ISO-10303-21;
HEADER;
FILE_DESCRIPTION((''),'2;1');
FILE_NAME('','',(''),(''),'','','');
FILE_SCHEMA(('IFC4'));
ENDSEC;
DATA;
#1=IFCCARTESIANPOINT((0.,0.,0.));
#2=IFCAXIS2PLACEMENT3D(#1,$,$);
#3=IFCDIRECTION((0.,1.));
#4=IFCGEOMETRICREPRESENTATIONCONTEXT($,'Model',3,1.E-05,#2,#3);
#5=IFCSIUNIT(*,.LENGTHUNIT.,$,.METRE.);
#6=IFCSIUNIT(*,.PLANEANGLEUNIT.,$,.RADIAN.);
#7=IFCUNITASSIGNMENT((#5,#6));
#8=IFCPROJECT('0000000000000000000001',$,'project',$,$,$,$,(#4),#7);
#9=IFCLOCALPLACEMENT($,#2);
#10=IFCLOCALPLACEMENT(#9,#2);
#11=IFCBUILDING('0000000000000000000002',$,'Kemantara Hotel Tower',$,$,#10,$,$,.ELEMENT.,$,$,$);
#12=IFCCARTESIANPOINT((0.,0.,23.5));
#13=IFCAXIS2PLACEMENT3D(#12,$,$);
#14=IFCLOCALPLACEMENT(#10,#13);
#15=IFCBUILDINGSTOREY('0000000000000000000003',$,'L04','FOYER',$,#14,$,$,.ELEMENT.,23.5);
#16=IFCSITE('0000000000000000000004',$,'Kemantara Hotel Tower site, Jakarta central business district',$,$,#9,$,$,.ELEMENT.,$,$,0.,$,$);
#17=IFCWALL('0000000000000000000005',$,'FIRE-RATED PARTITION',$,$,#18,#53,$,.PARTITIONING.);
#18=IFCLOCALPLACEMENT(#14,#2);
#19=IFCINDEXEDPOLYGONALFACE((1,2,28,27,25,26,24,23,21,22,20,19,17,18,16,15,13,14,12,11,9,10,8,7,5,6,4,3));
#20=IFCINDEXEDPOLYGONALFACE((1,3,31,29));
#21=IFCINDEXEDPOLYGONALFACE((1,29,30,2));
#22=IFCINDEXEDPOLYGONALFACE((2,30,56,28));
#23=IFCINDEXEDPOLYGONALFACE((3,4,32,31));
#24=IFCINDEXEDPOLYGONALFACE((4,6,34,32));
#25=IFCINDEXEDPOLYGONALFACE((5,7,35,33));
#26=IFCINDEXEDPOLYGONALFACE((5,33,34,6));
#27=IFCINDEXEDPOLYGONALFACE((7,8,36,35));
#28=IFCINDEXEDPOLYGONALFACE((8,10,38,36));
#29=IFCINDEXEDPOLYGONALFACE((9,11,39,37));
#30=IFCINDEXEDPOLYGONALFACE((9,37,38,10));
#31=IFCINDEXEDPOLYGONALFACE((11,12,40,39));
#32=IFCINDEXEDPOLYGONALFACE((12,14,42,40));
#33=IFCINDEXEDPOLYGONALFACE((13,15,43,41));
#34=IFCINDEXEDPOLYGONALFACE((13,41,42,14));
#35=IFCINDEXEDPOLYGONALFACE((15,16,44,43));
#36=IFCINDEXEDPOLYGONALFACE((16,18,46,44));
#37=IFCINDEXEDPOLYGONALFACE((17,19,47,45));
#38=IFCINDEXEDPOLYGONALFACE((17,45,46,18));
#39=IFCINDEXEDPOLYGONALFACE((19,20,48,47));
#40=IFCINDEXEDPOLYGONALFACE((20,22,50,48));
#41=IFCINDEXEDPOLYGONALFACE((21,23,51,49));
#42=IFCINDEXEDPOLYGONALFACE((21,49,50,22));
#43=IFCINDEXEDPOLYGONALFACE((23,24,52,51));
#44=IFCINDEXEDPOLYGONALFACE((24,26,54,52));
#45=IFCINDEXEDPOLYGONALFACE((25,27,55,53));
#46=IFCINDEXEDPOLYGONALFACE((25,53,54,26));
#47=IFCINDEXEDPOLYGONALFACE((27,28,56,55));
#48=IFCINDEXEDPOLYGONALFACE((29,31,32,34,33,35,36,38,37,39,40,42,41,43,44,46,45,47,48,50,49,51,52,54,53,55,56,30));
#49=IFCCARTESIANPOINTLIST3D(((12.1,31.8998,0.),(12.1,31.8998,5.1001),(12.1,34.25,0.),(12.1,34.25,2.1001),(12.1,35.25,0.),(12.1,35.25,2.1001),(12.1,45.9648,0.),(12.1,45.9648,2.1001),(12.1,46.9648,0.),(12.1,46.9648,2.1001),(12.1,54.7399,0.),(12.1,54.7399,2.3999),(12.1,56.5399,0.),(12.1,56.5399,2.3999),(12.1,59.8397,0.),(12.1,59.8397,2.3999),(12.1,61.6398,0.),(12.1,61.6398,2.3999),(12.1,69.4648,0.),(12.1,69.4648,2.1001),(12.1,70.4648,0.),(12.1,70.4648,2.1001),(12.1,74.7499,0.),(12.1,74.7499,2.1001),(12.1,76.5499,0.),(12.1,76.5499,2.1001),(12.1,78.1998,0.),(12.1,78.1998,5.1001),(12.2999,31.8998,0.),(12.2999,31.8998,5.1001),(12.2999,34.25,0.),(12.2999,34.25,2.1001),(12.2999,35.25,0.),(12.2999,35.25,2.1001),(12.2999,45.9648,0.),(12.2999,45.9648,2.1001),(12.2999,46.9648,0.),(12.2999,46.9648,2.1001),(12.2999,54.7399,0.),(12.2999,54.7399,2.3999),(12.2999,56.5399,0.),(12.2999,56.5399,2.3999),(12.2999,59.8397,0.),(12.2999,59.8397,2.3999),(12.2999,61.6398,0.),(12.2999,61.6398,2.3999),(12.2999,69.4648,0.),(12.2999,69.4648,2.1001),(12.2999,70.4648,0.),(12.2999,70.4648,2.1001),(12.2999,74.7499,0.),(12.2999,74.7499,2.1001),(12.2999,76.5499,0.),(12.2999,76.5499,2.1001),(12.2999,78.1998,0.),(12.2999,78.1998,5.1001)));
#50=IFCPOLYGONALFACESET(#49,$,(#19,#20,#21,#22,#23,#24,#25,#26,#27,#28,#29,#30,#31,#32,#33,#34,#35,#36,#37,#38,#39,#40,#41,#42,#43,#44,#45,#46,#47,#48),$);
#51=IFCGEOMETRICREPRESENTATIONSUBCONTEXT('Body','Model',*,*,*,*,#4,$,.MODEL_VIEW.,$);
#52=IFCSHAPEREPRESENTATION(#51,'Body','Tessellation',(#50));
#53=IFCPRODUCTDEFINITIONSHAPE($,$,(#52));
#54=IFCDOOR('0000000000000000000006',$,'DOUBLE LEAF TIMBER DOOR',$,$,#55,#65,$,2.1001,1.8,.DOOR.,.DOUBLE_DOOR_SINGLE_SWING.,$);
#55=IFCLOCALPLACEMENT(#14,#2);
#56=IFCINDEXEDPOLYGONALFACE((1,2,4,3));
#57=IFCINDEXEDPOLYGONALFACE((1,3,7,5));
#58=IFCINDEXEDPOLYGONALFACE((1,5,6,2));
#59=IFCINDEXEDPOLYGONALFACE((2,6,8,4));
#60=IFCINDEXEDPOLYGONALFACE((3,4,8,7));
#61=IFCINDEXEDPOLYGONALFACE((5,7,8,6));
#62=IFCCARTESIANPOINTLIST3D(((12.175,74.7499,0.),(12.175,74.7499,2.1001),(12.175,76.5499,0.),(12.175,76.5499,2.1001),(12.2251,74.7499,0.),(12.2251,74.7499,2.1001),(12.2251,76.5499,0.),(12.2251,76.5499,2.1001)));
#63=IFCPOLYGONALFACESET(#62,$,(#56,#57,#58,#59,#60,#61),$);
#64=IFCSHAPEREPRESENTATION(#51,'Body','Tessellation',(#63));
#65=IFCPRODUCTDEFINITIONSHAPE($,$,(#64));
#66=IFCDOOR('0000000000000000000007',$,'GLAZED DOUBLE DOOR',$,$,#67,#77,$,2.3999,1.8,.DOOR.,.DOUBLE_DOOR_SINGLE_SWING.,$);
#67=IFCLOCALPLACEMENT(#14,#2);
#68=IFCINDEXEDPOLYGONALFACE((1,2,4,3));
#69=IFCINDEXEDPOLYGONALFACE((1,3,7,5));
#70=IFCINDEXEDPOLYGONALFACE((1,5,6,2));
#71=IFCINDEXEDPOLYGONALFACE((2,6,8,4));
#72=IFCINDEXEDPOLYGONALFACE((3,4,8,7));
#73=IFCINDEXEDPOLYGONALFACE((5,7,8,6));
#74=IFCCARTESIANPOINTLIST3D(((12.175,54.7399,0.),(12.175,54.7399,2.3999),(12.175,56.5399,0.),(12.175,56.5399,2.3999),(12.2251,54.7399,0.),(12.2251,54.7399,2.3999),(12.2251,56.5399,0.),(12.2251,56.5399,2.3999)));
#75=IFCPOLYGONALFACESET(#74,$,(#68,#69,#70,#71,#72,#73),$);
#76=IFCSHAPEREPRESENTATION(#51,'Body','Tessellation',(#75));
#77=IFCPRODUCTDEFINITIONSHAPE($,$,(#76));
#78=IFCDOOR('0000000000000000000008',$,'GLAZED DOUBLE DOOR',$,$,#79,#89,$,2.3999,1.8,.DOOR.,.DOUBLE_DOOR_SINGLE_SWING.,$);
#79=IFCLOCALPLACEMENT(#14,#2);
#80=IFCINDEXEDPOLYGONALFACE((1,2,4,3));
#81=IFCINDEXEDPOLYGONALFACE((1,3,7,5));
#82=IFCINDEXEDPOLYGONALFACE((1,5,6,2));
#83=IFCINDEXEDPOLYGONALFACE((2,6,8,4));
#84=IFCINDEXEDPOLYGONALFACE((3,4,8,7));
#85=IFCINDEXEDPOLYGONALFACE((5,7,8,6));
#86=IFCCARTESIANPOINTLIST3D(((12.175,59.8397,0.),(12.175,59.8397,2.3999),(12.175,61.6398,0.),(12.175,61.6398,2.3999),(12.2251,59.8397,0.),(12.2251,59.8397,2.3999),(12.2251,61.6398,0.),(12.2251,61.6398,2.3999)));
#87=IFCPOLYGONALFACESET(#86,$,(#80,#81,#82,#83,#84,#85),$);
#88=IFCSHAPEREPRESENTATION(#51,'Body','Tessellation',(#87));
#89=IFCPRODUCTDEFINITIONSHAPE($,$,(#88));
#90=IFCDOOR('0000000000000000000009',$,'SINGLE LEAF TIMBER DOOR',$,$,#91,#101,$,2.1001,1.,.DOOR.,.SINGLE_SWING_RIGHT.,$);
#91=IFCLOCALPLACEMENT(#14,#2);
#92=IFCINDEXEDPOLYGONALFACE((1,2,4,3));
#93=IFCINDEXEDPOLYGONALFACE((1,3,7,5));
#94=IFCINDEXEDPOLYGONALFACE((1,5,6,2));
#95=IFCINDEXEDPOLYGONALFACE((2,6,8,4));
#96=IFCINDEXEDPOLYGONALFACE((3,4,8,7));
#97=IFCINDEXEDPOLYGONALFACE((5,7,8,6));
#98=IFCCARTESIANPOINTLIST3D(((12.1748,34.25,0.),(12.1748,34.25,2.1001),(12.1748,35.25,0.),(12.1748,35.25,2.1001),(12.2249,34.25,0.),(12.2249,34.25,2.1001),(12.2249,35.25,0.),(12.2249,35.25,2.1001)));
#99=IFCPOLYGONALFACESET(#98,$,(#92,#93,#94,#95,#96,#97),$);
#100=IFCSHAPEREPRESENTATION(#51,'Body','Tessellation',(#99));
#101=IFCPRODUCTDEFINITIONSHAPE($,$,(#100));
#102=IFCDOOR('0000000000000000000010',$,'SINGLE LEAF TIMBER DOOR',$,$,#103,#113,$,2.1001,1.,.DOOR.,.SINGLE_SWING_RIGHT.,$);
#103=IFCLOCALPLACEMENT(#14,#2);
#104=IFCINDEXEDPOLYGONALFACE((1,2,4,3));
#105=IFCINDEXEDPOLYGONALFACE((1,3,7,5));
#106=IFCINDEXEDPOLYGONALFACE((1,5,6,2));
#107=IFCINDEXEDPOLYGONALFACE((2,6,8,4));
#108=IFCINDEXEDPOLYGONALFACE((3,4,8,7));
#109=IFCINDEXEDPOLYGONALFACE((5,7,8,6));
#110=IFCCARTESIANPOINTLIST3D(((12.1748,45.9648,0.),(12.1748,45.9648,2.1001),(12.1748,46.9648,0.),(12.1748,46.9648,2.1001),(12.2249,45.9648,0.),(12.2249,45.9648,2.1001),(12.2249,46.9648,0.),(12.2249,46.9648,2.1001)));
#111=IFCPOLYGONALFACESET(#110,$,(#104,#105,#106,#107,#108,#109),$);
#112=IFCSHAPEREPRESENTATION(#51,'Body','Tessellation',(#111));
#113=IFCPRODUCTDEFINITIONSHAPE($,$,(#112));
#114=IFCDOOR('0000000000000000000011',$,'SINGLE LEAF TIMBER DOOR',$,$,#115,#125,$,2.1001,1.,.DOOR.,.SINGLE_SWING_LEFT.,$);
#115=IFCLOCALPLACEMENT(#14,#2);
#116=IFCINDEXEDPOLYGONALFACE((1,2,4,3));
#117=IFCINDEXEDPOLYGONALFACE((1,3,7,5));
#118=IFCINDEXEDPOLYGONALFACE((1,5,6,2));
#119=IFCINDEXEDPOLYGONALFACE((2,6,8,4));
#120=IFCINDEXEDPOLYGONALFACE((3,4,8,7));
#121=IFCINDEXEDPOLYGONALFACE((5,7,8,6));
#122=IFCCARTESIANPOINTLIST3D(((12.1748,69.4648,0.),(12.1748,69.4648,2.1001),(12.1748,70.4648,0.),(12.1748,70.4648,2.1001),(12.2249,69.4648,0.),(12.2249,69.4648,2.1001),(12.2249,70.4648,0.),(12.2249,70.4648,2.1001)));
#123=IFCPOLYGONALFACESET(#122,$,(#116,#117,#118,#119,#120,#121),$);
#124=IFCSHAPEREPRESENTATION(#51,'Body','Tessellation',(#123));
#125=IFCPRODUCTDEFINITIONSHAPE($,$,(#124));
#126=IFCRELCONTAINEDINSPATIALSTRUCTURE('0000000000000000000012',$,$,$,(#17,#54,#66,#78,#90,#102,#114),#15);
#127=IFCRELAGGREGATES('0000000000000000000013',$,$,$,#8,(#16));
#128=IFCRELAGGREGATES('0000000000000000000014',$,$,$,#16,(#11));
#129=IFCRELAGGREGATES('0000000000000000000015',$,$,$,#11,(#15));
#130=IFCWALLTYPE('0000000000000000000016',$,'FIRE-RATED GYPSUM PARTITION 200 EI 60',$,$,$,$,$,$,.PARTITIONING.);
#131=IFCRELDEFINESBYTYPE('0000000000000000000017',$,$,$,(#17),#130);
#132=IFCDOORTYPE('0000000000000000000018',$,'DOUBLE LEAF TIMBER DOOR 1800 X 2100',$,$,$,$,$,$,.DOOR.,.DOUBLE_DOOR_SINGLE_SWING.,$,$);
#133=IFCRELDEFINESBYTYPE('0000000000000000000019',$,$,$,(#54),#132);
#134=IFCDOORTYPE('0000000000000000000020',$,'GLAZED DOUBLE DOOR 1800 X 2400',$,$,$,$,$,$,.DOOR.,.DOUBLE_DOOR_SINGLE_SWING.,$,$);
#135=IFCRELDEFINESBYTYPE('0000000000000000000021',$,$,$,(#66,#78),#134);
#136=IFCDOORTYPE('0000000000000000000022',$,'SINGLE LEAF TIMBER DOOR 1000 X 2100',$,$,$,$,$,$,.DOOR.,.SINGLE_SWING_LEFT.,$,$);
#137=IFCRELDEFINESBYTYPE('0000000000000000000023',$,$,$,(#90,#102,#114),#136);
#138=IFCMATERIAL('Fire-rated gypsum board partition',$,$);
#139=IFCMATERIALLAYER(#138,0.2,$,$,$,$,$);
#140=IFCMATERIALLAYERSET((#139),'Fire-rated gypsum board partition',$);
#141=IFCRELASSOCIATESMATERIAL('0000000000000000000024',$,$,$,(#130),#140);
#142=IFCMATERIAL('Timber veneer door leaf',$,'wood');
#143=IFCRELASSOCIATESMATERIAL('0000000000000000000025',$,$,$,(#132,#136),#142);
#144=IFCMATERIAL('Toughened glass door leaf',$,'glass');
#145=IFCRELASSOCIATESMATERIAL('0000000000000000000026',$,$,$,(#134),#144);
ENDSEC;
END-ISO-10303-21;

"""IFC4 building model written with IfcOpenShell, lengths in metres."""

from ifc_helpers import new_model, si_unit, direction, frame, frame_2d, origin, place, context, subcontext, project, spatial, rectangle, extrude, material, layer, layer_set, type_object, element, fill, save


model = new_model("IFC4")

# Units and contexts
model_context = context("Model", 3, precision=1e-05, world=origin(), true_north=direction((0.0, 1.0)))
body_context = subcontext(model_context, "Body", "Model", "MODEL_VIEW")
ifc_project = project(units=[si_unit("LENGTHUNIT", "METRE"), si_unit("PLANEANGLEUNIT", "RADIAN")], contexts=[model_context])

# Site, building, storey
site_placement = place(None, origin())
site = spatial("IfcSite", under=ifc_project, at=site_placement, Name="Kemantara Hotel Tower site, Jakarta central business district", CompositionType="ELEMENT", RefElevation=0.0)
building_placement = place(site_placement, origin())
building = spatial("IfcBuilding", under=site, at=building_placement, Name="Kemantara Hotel Tower", CompositionType="ELEMENT")
storey_placement = place(building_placement, frame((0.0, 0.0, 23.5)))
storey = spatial("IfcBuildingStorey", under=building, at=storey_placement, Name="L04", Description="FOYER", CompositionType="ELEMENT", Elevation=23.5)

# Shared definitions
ifc_material_1 = material(Name="Fire-rated gypsum board partition")
ifc_layer_1 = layer(ifc_material_1, 0.2)
ifc_layer_set_1 = layer_set([ifc_layer_1], Name="Fire-rated gypsum board partition")
wall_type_1 = type_object("IfcWallType", Name="FIRE-RATED GYPSUM PARTITION 200 EI 60", PredefinedType="PARTITIONING", material=ifc_layer_set_1)

# Wall, openings, doors
wall_1_placement = place(storey_placement, frame((12.2, 31.8999, 0.0), z_axis=(0.0, 0.0, 1.0), x_axis=(0.0, 1.0, 0.0)))
wall_1 = element("IfcWall", 1, at=wall_1_placement, inside=storey, type_object=wall_type_1, Name="FIRE-RATED PARTITION", PredefinedType="PARTITIONING", context=body_context, shape_type="SweptSolid", body=[
    extrude(rectangle(XDim=46.3, YDim=0.2, at=frame_2d((23.1499, 0.0))), origin(), (0.0, 0.0, 1.0), 5.1001),
])
opening_1_placement = place(wall_1_placement, frame((2.3501, 0.0, 0.0)))
opening_1 = element("IfcOpeningElement", 2, at=opening_1_placement, cuts=wall_1, PredefinedType="OPENING", context=body_context, shape_type="SweptSolid", body=[
    extrude(rectangle(XDim=1.0, YDim=2.1001, at=frame_2d((0.5, 1.05))), frame((0.0, 0.1099, 0.0), z_axis=(0.0, -1.0, 0.0), x_axis=(1.0, 0.0, 0.0)), (0.0, 0.0, 1.0), 0.22),
])
opening_2_placement = place(wall_1_placement, frame((14.0649, 0.0, 0.0)))
opening_2 = element("IfcOpeningElement", 3, at=opening_2_placement, cuts=wall_1, PredefinedType="OPENING", context=body_context, shape_type="SweptSolid", body=[
    extrude(rectangle(XDim=1.0, YDim=2.1001, at=frame_2d((0.5, 1.05))), frame((0.0, 0.1099, 0.0), z_axis=(0.0, -1.0, 0.0), x_axis=(1.0, 0.0, 0.0)), (0.0, 0.0, 1.0), 0.22),
])
opening_3_placement = place(wall_1_placement, frame((22.8401, 0.0, 0.0)))
opening_3 = element("IfcOpeningElement", 4, at=opening_3_placement, cuts=wall_1, PredefinedType="OPENING", context=body_context, shape_type="SweptSolid", body=[
    extrude(rectangle(XDim=1.8, YDim=2.3999, at=frame_2d((0.8999, 1.2))), frame((0.0, 0.1099, 0.0), z_axis=(0.0, -1.0, 0.0), x_axis=(1.0, 0.0, 0.0)), (0.0, 0.0, 1.0), 0.22),
])
opening_4_placement = place(wall_1_placement, frame((27.9399, 0.0, 0.0)))
opening_4 = element("IfcOpeningElement", 5, at=opening_4_placement, cuts=wall_1, PredefinedType="OPENING", context=body_context, shape_type="SweptSolid", body=[
    extrude(rectangle(XDim=1.8, YDim=2.3999, at=frame_2d((0.8999, 1.2))), frame((0.0, 0.1099, 0.0), z_axis=(0.0, -1.0, 0.0), x_axis=(1.0, 0.0, 0.0)), (0.0, 0.0, 1.0), 0.22),
])
opening_5_placement = place(wall_1_placement, frame((37.5649, 0.0, 0.0)))
opening_5 = element("IfcOpeningElement", 6, at=opening_5_placement, cuts=wall_1, PredefinedType="OPENING", context=body_context, shape_type="SweptSolid", body=[
    extrude(rectangle(XDim=1.0, YDim=2.1001, at=frame_2d((0.5, 1.05))), frame((0.0, 0.1099, 0.0), z_axis=(0.0, -1.0, 0.0), x_axis=(1.0, 0.0, 0.0)), (0.0, 0.0, 1.0), 0.22),
])
opening_6_placement = place(wall_1_placement, frame((42.8501, 0.0, 0.0)))
opening_6 = element("IfcOpeningElement", 7, at=opening_6_placement, cuts=wall_1, PredefinedType="OPENING", context=body_context, shape_type="SweptSolid", body=[
    extrude(rectangle(XDim=1.8, YDim=2.1001, at=frame_2d((0.8999, 1.05))), frame((0.0, 0.1099, 0.0), z_axis=(0.0, -1.0, 0.0), x_axis=(1.0, 0.0, 0.0)), (0.0, 0.0, 1.0), 0.22),
])
ifc_material_2 = material(Name="Timber veneer door leaf", Category="wood")
door_type_1 = type_object("IfcDoorType", Name="DOUBLE LEAF TIMBER DOOR 1800 X 2100", OperationType="DOUBLE_DOOR_SINGLE_SWING", PredefinedType="DOOR", material=ifc_material_2)
door_1_placement = place(opening_6_placement, origin())
door_1 = element("IfcDoor", 8, at=door_1_placement, inside=storey, type_object=door_type_1, Name="DOUBLE LEAF TIMBER DOOR", OperationType="DOUBLE_DOOR_SINGLE_SWING", OverallHeight=2.1001, OverallWidth=1.8, PredefinedType="DOOR", context=body_context, shape_type="SweptSolid", body=[
    extrude(rectangle(XDim=1.8, YDim=2.1001, at=frame_2d((0.8999, 1.05))), frame((0.0, 0.0249, 0.0), z_axis=(0.0, -1.0, 0.0), x_axis=(1.0, 0.0, 0.0)), (0.0, 0.0, 1.0), 0.05),
])
fill(opening_6, door_1)
ifc_material_3 = material(Name="Toughened glass door leaf", Category="glass")
door_type_2 = type_object("IfcDoorType", Name="GLAZED DOUBLE DOOR 1800 X 2400", OperationType="DOUBLE_DOOR_SINGLE_SWING", PredefinedType="DOOR", material=ifc_material_3)
door_2_placement = place(opening_3_placement, origin())
door_2 = element("IfcDoor", 9, at=door_2_placement, inside=storey, type_object=door_type_2, Name="GLAZED DOUBLE DOOR", OperationType="DOUBLE_DOOR_SINGLE_SWING", OverallHeight=2.3999, OverallWidth=1.8, PredefinedType="DOOR", context=body_context, shape_type="SweptSolid", body=[
    extrude(rectangle(XDim=1.8, YDim=2.3999, at=frame_2d((0.8999, 1.2))), frame((0.0, 0.0249, 0.0), z_axis=(0.0, -1.0, 0.0), x_axis=(1.0, 0.0, 0.0)), (0.0, 0.0, 1.0), 0.05),
])
fill(opening_3, door_2)
door_3_placement = place(opening_4_placement, origin())
door_3 = element("IfcDoor", 10, at=door_3_placement, inside=storey, type_object=door_type_2, Name="GLAZED DOUBLE DOOR", OperationType="DOUBLE_DOOR_SINGLE_SWING", OverallHeight=2.3999, OverallWidth=1.8, PredefinedType="DOOR", context=body_context, shape_type="SweptSolid", body=[
    extrude(rectangle(XDim=1.8, YDim=2.3999, at=frame_2d((0.8999, 1.2))), frame((0.0, 0.0249, 0.0), z_axis=(0.0, -1.0, 0.0), x_axis=(1.0, 0.0, 0.0)), (0.0, 0.0, 1.0), 0.05),
])
fill(opening_4, door_3)
door_type_3 = type_object("IfcDoorType", Name="SINGLE LEAF TIMBER DOOR 1000 X 2100", OperationType="SINGLE_SWING_LEFT", PredefinedType="DOOR", material=ifc_material_2)
door_4_placement = place(opening_1_placement, frame((1.0, 0.0, 0.0), z_axis=(0.0, 0.0, 1.0), x_axis=(-1.0, 0.0, 0.0)))
door_4 = element("IfcDoor", 11, at=door_4_placement, inside=storey, type_object=door_type_3, Name="SINGLE LEAF TIMBER DOOR", OperationType="SINGLE_SWING_RIGHT", OverallHeight=2.1001, OverallWidth=1.0, PredefinedType="DOOR", context=body_context, shape_type="SweptSolid", body=[
    extrude(rectangle(XDim=1.0, YDim=2.1001, at=frame_2d((0.5, 1.05))), frame((0.0, 0.0249, 0.0), z_axis=(0.0, -1.0, 0.0), x_axis=(1.0, 0.0, 0.0)), (0.0, 0.0, 1.0), 0.05),
])
fill(opening_1, door_4)
door_5_placement = place(opening_2_placement, frame((1.0, 0.0, 0.0), z_axis=(0.0, 0.0, 1.0), x_axis=(-1.0, 0.0, 0.0)))
door_5 = element("IfcDoor", 12, at=door_5_placement, inside=storey, type_object=door_type_3, Name="SINGLE LEAF TIMBER DOOR", OperationType="SINGLE_SWING_RIGHT", OverallHeight=2.1001, OverallWidth=1.0, PredefinedType="DOOR", context=body_context, shape_type="SweptSolid", body=[
    extrude(rectangle(XDim=1.0, YDim=2.1001, at=frame_2d((0.5, 1.05))), frame((0.0, 0.0249, 0.0), z_axis=(0.0, -1.0, 0.0), x_axis=(1.0, 0.0, 0.0)), (0.0, 0.0, 1.0), 0.05),
])
fill(opening_2, door_5)
door_6_placement = place(opening_5_placement, frame((1.0, 0.0, 0.0), z_axis=(0.0, 0.0, 1.0), x_axis=(-1.0, 0.0, 0.0)))
door_6 = element("IfcDoor", 13, at=door_6_placement, inside=storey, type_object=door_type_3, Name="SINGLE LEAF TIMBER DOOR", OperationType="SINGLE_SWING_LEFT", OverallHeight=2.1001, OverallWidth=1.0, PredefinedType="DOOR", context=body_context, shape_type="SweptSolid", body=[
    extrude(rectangle(XDim=1.0, YDim=2.1001, at=frame_2d((0.5, 1.05))), frame((0.0, 0.0249, 0.0), z_axis=(0.0, -1.0, 0.0), x_axis=(1.0, 0.0, 0.0)), (0.0, 0.0, 1.0), 0.05),
])
fill(opening_5, door_6)

save(model, "model.ifc")
